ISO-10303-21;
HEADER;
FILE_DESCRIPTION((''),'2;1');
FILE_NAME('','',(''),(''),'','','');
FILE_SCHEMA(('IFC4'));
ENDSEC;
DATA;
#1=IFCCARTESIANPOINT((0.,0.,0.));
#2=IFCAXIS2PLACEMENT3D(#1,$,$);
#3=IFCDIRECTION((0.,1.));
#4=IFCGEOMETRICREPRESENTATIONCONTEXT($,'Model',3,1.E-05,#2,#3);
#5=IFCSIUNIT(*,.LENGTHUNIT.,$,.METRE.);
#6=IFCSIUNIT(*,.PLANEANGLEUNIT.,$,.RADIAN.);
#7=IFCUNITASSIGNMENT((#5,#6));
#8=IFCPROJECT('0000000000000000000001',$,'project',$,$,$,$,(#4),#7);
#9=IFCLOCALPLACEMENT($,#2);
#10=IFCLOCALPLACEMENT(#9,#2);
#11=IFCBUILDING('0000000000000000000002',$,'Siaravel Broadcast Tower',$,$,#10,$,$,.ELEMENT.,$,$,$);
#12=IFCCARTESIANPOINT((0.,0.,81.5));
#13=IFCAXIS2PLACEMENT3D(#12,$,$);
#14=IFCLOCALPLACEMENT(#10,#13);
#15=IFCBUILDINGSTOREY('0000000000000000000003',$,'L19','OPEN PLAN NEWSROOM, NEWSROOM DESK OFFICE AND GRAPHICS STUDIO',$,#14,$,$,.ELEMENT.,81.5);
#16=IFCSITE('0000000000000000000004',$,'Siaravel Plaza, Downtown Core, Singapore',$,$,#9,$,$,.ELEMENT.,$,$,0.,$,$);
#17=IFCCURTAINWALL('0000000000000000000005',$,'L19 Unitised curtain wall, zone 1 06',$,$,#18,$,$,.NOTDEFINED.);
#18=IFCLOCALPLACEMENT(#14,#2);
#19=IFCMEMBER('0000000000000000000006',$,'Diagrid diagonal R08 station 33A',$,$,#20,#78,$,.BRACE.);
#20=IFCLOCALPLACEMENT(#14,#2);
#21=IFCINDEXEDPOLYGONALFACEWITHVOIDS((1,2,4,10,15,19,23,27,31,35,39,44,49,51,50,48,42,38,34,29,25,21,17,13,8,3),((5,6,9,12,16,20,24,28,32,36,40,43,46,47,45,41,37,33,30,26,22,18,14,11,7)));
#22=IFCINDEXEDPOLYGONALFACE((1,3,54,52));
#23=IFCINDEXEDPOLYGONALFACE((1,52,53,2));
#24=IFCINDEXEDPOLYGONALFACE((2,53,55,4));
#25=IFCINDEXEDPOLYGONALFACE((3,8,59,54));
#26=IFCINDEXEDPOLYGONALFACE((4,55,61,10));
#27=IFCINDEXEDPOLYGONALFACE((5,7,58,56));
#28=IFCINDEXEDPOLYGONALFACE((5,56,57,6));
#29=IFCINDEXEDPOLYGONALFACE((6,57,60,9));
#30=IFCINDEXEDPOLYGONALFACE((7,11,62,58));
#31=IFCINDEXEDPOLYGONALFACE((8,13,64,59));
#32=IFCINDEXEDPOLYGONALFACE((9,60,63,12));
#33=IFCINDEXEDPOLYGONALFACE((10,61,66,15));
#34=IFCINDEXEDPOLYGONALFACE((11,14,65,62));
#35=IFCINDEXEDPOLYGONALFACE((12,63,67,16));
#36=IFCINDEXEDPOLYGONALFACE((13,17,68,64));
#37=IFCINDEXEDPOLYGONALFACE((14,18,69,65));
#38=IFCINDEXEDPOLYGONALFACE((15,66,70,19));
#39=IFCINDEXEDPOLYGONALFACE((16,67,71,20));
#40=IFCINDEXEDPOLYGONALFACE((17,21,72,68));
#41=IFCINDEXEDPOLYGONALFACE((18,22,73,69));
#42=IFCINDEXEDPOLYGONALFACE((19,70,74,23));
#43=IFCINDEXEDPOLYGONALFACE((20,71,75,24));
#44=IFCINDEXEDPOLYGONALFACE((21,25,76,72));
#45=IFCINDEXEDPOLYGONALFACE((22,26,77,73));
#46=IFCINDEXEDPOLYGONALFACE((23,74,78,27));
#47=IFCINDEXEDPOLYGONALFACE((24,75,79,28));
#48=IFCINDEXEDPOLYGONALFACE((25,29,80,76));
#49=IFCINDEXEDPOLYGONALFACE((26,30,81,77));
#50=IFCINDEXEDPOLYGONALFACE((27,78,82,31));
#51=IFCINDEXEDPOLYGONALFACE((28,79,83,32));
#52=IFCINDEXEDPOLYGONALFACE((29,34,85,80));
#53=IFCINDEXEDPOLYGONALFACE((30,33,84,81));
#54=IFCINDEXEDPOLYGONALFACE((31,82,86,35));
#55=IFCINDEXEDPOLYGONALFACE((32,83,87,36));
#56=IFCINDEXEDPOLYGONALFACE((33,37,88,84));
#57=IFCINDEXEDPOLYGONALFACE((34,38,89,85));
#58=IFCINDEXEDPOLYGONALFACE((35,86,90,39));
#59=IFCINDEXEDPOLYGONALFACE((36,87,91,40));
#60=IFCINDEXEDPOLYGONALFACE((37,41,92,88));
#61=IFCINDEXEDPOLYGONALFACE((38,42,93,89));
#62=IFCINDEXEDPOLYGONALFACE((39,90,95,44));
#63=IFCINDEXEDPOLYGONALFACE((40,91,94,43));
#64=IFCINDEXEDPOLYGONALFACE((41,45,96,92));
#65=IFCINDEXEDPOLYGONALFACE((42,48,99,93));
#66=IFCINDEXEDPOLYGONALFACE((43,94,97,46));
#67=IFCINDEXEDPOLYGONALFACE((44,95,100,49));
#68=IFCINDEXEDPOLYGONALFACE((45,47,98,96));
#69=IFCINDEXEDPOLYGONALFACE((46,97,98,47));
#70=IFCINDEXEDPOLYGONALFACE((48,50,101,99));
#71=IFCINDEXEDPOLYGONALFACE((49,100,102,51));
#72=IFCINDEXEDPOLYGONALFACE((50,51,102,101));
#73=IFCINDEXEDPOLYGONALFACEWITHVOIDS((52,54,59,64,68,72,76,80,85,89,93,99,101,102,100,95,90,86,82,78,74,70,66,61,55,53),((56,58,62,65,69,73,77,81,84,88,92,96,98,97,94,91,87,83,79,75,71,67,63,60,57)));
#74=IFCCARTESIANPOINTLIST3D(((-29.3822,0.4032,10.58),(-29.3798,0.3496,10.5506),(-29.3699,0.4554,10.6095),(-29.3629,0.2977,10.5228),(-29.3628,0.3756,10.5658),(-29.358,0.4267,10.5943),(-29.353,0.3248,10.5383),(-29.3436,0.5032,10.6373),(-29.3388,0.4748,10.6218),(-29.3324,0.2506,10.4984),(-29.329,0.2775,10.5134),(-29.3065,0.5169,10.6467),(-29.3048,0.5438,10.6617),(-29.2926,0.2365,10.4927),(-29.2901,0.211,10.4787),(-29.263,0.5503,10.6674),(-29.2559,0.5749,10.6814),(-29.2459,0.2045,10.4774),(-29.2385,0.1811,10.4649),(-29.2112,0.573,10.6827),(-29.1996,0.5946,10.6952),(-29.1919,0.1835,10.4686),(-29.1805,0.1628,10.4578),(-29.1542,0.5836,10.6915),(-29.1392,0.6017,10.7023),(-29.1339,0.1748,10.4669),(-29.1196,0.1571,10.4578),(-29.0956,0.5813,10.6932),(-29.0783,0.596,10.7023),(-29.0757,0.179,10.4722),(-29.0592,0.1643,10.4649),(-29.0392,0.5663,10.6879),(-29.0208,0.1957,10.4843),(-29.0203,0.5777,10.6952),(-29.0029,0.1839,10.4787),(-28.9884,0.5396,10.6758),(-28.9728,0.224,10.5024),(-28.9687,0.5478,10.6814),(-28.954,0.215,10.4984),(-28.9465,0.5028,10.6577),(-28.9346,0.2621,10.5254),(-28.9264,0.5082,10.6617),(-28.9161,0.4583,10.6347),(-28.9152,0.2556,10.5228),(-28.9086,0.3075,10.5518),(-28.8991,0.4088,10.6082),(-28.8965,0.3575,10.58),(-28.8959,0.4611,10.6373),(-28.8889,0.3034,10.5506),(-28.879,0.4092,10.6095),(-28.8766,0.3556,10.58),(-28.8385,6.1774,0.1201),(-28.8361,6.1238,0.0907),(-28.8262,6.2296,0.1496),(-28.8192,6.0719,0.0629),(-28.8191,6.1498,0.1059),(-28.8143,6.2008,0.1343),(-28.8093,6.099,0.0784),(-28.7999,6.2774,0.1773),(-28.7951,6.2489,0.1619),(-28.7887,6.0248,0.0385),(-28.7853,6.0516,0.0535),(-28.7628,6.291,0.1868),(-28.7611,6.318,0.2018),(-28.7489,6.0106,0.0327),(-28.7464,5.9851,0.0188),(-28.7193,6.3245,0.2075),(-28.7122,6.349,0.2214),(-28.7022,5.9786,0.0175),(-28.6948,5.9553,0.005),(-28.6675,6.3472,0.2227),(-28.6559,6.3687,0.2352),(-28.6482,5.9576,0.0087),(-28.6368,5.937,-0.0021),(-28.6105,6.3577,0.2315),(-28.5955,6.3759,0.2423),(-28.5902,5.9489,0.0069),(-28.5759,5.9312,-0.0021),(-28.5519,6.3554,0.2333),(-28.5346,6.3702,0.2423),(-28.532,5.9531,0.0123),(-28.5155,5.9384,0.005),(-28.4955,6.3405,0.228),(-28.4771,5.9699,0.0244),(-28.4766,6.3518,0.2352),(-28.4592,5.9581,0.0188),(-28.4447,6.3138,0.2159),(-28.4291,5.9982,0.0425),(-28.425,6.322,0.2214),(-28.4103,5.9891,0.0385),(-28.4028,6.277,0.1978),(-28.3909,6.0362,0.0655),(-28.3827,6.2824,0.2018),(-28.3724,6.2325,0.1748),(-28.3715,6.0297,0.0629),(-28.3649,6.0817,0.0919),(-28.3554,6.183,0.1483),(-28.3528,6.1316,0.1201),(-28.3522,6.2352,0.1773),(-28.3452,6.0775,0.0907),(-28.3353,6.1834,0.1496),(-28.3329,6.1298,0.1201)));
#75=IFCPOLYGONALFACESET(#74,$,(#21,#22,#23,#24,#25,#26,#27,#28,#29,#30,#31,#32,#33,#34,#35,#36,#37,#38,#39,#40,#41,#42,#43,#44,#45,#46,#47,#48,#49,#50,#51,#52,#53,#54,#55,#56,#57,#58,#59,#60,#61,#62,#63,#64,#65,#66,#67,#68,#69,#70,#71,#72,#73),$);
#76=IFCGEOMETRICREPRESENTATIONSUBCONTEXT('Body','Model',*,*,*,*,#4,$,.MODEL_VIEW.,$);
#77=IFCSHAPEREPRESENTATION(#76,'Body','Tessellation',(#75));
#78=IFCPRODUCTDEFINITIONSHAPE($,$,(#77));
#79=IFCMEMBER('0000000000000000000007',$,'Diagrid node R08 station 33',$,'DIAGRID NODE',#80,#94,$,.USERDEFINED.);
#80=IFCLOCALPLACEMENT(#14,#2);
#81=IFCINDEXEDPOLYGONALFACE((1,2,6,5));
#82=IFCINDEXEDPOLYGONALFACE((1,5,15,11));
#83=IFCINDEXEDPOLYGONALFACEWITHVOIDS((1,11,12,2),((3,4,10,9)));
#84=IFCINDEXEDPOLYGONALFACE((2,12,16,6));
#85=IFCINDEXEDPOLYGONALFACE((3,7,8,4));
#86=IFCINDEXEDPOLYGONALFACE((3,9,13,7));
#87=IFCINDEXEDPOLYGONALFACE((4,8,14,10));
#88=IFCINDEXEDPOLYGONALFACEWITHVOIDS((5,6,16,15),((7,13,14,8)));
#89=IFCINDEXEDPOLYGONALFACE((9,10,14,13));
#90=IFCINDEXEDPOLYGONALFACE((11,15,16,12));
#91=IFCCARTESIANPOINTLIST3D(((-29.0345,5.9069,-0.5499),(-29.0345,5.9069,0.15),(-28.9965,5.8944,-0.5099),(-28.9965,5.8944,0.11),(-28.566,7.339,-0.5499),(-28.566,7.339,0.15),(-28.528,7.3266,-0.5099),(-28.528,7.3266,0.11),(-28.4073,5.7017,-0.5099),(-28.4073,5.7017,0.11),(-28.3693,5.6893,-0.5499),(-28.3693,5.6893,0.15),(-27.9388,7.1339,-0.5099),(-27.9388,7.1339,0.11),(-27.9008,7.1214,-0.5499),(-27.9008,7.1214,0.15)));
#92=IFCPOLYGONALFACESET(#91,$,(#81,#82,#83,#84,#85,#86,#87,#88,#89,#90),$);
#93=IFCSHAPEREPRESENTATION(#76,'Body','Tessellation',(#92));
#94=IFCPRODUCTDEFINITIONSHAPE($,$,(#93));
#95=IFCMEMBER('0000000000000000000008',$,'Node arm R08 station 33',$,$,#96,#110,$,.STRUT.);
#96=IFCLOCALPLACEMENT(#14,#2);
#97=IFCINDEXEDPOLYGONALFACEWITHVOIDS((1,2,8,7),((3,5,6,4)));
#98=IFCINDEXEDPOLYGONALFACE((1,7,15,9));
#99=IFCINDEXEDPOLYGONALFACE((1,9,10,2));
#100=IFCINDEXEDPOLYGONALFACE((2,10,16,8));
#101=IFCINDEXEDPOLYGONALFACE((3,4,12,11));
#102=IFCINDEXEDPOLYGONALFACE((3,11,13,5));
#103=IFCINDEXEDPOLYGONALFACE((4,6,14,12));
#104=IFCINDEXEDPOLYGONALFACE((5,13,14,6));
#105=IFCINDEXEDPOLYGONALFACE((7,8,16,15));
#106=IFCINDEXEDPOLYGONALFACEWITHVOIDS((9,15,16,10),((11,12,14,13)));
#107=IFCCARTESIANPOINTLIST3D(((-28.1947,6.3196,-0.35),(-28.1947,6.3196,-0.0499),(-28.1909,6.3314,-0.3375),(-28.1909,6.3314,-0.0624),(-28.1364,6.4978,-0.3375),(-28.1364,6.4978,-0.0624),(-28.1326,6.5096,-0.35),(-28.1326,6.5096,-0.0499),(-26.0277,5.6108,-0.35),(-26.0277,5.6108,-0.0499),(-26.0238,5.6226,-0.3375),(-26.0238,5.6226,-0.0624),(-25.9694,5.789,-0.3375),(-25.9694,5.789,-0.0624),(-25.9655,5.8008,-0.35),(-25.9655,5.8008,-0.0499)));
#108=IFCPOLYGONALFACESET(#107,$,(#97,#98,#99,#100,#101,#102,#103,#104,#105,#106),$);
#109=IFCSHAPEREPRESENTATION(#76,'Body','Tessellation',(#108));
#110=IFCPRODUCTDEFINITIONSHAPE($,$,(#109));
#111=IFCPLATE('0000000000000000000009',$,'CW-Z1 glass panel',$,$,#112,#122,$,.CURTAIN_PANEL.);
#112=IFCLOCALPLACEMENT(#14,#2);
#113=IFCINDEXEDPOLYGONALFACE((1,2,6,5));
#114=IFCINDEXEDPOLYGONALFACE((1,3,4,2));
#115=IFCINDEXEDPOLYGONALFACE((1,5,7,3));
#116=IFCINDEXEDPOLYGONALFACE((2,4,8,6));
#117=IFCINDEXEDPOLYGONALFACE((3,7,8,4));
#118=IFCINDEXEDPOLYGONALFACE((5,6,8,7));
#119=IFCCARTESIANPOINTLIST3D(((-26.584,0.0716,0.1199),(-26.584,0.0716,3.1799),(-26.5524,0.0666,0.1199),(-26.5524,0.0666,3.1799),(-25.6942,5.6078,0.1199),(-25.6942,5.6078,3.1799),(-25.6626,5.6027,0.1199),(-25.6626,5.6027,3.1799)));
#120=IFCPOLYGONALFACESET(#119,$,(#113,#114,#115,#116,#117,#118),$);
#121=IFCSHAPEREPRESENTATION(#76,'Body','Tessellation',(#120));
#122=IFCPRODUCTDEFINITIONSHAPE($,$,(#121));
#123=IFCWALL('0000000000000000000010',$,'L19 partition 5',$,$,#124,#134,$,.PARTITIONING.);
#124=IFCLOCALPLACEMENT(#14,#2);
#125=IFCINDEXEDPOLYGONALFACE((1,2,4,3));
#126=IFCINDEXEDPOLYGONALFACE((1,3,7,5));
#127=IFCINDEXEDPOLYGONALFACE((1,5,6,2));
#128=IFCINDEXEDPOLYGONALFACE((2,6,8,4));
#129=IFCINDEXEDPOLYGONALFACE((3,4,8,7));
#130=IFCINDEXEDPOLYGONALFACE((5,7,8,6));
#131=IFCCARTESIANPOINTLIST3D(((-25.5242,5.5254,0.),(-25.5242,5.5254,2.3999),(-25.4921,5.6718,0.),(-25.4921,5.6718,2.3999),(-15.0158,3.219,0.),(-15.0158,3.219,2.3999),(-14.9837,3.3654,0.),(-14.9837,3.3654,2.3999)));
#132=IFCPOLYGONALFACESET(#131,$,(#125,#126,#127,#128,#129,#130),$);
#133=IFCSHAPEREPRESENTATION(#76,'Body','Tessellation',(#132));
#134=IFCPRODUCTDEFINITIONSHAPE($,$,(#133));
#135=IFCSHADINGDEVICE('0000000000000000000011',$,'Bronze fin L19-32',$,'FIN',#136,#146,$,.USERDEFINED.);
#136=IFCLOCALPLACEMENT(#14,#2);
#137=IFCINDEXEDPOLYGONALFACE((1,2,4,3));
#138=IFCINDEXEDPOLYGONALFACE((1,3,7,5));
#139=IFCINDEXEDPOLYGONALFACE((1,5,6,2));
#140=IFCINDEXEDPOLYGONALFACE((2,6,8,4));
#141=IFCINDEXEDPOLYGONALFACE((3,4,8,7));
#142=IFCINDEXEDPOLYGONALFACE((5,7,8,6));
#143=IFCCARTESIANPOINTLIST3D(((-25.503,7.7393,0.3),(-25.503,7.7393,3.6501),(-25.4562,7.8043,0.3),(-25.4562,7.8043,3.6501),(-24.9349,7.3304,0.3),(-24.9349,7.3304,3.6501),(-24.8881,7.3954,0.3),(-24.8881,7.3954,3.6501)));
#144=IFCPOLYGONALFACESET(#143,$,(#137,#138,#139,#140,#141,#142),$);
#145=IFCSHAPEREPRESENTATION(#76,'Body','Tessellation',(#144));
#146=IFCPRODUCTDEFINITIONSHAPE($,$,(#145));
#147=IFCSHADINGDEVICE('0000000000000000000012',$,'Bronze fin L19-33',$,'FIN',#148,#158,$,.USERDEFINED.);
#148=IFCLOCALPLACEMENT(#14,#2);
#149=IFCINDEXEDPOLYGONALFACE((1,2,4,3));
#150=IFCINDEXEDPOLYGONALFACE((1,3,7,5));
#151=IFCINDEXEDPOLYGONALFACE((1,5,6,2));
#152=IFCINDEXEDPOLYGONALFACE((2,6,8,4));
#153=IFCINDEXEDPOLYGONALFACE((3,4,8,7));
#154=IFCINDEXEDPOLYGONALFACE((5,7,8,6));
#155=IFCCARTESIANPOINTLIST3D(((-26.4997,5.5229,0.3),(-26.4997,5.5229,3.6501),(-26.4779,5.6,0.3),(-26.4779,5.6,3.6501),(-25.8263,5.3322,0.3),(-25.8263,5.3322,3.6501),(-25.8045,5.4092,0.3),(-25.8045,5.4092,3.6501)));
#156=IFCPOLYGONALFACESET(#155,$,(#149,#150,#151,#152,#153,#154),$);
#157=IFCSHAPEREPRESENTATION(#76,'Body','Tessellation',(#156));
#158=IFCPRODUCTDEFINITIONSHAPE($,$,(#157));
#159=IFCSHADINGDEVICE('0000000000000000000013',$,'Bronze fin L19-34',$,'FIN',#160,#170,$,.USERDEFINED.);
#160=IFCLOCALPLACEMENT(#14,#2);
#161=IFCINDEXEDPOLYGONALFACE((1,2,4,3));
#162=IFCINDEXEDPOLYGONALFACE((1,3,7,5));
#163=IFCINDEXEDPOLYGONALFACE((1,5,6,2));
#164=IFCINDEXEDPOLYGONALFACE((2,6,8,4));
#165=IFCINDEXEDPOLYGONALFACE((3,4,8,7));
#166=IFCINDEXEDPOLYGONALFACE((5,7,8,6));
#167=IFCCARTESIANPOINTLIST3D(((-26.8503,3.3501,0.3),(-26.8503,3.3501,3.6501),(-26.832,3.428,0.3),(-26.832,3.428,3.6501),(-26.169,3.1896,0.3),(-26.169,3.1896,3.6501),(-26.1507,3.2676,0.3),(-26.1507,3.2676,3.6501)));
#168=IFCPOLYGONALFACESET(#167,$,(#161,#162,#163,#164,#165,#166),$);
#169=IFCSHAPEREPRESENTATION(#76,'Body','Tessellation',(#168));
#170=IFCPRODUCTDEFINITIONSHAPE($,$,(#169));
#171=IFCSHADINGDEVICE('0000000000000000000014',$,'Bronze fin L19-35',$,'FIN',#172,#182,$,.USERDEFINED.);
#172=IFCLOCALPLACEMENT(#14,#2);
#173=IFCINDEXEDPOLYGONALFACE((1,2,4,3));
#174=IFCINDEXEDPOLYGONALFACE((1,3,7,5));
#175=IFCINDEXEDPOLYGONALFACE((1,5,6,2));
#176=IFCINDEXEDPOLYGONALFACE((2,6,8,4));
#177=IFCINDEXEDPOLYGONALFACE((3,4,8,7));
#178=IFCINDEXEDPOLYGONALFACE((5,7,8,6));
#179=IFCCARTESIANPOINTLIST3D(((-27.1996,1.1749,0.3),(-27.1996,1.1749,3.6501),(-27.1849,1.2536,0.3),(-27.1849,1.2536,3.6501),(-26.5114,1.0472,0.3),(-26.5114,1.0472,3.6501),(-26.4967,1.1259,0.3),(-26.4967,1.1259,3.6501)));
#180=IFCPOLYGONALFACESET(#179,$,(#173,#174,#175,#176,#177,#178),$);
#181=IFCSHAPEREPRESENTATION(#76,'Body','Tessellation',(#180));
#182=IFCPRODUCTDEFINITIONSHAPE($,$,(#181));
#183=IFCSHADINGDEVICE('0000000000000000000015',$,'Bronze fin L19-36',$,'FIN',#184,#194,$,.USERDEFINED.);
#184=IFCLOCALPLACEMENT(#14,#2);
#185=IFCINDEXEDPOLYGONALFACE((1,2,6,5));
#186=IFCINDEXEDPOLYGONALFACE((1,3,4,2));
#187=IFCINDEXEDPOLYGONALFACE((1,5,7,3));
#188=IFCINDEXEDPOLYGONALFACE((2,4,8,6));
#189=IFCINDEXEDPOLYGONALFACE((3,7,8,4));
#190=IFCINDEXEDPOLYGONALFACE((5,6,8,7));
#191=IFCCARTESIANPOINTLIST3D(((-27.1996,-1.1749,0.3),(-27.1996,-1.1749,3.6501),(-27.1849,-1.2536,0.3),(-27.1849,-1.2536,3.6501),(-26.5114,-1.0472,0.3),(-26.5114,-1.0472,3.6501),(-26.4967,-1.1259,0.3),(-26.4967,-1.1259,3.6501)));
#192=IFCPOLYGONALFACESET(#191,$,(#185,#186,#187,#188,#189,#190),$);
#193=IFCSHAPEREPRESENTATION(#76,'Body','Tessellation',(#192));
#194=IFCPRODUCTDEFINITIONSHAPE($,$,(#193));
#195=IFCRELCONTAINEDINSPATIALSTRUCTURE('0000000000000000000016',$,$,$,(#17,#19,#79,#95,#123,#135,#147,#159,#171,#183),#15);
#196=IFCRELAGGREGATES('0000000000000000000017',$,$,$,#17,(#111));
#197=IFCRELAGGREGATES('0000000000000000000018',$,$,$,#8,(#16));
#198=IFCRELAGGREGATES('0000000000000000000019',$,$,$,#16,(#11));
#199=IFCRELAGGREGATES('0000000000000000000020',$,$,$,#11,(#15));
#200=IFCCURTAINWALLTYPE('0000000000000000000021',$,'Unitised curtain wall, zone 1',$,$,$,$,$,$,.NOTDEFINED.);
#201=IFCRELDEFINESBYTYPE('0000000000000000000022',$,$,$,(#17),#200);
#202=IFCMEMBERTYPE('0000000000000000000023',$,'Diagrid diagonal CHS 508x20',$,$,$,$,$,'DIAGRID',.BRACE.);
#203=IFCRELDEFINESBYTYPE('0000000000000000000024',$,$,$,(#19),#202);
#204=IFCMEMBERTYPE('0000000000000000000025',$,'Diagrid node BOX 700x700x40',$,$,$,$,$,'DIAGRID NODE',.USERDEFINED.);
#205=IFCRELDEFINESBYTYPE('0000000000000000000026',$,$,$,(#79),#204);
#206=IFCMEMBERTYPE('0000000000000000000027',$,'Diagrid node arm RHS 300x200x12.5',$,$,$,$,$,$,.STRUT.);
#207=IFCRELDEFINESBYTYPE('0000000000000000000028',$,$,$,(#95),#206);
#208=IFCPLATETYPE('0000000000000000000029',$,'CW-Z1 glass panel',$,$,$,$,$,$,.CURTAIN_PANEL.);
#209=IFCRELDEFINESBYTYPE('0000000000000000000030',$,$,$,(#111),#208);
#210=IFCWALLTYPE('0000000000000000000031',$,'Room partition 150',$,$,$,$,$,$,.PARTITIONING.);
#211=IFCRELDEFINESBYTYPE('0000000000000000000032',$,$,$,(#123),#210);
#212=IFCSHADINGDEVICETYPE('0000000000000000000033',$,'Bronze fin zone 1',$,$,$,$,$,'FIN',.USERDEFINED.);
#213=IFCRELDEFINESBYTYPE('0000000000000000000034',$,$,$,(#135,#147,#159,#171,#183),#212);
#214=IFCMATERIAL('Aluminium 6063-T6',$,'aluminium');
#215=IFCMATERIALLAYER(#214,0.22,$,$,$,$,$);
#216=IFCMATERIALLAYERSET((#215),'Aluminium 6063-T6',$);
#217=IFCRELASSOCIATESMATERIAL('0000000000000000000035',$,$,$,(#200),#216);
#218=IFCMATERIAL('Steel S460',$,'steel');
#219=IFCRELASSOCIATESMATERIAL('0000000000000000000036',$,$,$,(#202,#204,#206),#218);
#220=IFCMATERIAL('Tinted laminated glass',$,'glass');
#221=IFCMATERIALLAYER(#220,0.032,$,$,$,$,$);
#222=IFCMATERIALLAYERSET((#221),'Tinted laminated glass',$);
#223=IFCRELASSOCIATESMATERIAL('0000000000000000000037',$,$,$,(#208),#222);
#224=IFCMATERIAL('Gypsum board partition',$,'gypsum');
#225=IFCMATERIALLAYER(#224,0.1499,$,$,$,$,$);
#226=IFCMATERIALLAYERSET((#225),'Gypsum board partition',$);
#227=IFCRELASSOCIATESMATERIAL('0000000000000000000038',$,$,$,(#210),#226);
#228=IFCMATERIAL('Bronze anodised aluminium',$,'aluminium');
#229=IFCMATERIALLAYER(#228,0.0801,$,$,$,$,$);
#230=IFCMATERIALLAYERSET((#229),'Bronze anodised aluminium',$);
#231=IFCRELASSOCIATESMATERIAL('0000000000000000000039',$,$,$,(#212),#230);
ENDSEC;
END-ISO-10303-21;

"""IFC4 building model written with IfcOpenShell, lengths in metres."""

from ifc_helpers import new_model, si_unit, direction, frame, frame_2d, origin, origin_2d, place, context, subcontext, project, spatial, rectangle, hollow_rectangle, hollow_circle, extrude, material, layer, layer_set, material_profile, profile_set, type_object, element, aggregate, save


model = new_model("IFC4")

# Units and contexts
model_context = context("Model", 3, precision=1e-05, world=origin(), true_north=direction((0.0, 1.0)))
body_context = subcontext(model_context, "Body", "Model", "MODEL_VIEW")
ifc_project = project(units=[si_unit("LENGTHUNIT", "METRE"), si_unit("PLANEANGLEUNIT", "RADIAN")], contexts=[model_context])

# Site, building, storey
site_placement = place(None, origin())
site = spatial("IfcSite", under=ifc_project, at=site_placement, Name="Siaravel Plaza, Downtown Core, Singapore", CompositionType="ELEMENT", RefElevation=0.0)
building_placement = place(site_placement, origin())
building = spatial("IfcBuilding", under=site, at=building_placement, Name="Siaravel Broadcast Tower", CompositionType="ELEMENT")
storey_placement = place(building_placement, frame((0.0, 0.0, 81.5)))
storey = spatial("IfcBuildingStorey", under=building, at=storey_placement, Name="L19", Description="OPEN PLAN NEWSROOM, NEWSROOM DESK OFFICE AND GRAPHICS STUDIO", CompositionType="ELEMENT", Elevation=81.5)

# Curtain wall
ifc_material_1 = material(Name="Aluminium 6063-T6", Category="aluminium")
ifc_layer_1 = layer(ifc_material_1, 0.22)
ifc_layer_set_1 = layer_set([ifc_layer_1], Name="Aluminium 6063-T6")
curtain_wall_type = type_object("IfcCurtainWallType", Name="Unitised curtain wall, zone 1", PredefinedType="NOTDEFINED", material=ifc_layer_set_1)
curtain_wall_1_placement = place(storey_placement, origin())
curtain_wall_1 = element("IfcCurtainWall", 1, at=curtain_wall_1_placement, inside=storey, type_object=curtain_wall_type, Name="L19 Unitised curtain wall, zone 1 06", PredefinedType="NOTDEFINED")

# Members
ifc_material_2 = material(Name="Steel S460", Category="steel")
ifc_material_profile_1 = material_profile(ifc_material_2, hollow_circle(Radius=0.2539, WallThickness=0.02, at=origin_2d()))
ifc_profile_set_1 = profile_set([ifc_material_profile_1], Name="Steel S460")
member_type_1 = type_object("IfcMemberType", Name="Diagrid diagonal CHS 508x20", ElementType="DIAGRID", PredefinedType="BRACE", material=ifc_profile_set_1)
member_1_placement = place(storey_placement, frame((-28.5857, 6.1536, 0.1201), z_axis=(-0.045459, -0.48278, 0.874561), x_axis=(0.995596, -0.093746, 0.0)))
element("IfcMember", 2, at=member_1_placement, inside=storey, type_object=member_type_1, Name="Diagrid diagonal R08 station 33A", PredefinedType="BRACE", context=body_context, shape_type="SweptSolid", body=[
    extrude(hollow_circle(Radius=0.2539, WallThickness=0.02, at=origin_2d()), origin(), (0.0, 0.0, 1.0), 11.9602),
])
ifc_material_profile_2 = material_profile(ifc_material_2, hollow_rectangle(XDim=0.7, YDim=0.7, WallThickness=0.04, at=origin_2d()))
ifc_profile_set_2 = profile_set([ifc_material_profile_2], Name="Steel S460")
member_type_2 = type_object("IfcMemberType", Name="Diagrid node BOX 700x700x40", ElementType="DIAGRID NODE", PredefinedType="USERDEFINED", material=ifc_profile_set_2)
member_2_placement = place(storey_placement, frame((-28.2334, 7.2302, -0.2), z_axis=(-0.310925, -0.950435, 0.0), x_axis=(0.950435, -0.310925, 0.0)))
element("IfcMember", 3, at=member_2_placement, inside=storey, type_object=member_type_2, Name="Diagrid node R08 station 33", ObjectType="DIAGRID NODE", PredefinedType="USERDEFINED", context=body_context, shape_type="SweptSolid", body=[
    extrude(hollow_rectangle(XDim=0.7, YDim=0.7, WallThickness=0.04, at=origin_2d()), origin(), (0.0, 0.0, 1.0), 1.5068),
])
ifc_material_profile_3 = material_profile(ifc_material_2, hollow_rectangle(XDim=0.2, YDim=0.3, WallThickness=0.0125, at=origin_2d()))
ifc_profile_set_3 = profile_set([ifc_material_profile_3], Name="Steel S460")
member_type_3 = type_object("IfcMemberType", Name="Diagrid node arm RHS 300x200x12.5", PredefinedType="STRUT", material=ifc_profile_set_3)
member_3_placement = place(storey_placement, frame((-25.9966, 5.7058, -0.2), z_axis=(-0.950456, 0.310858, 0.0), x_axis=(-0.310858, -0.950456, 0.0)))
element("IfcMember", 4, at=member_3_placement, inside=storey, type_object=member_type_3, Name="Node arm R08 station 33", PredefinedType="STRUT", context=body_context, shape_type="SweptSolid", body=[
    extrude(hollow_rectangle(XDim=0.2, YDim=0.3, WallThickness=0.0125, at=origin_2d()), origin(), (0.0, 0.0, 1.0), 2.28),
])

# Plate
ifc_material_3 = material(Name="Tinted laminated glass", Category="glass")
ifc_layer_2 = layer(ifc_material_3, 0.032)
ifc_layer_set_2 = layer_set([ifc_layer_2], Name="Tinted laminated glass")
plate_type = type_object("IfcPlateType", Name="CW-Z1 glass panel", PredefinedType="CURTAIN_PANEL", material=ifc_layer_set_2)
plate_placement = place(storey_placement, frame((-26.1233, 2.8372, 0.1199), z_axis=(0.0, 0.0, 1.0), x_axis=(-0.158685, -0.987329, 0.0)))
plate = element("IfcPlate", 5, at=plate_placement, type_object=plate_type, Name="CW-Z1 glass panel", PredefinedType="CURTAIN_PANEL", context=body_context, shape_type="SweptSolid", body=[
    extrude(rectangle(XDim=5.6072, YDim=0.032, at=origin_2d()), origin(), (0.0, 0.0, 1.0), 3.0601),
])
aggregate(curtain_wall_1, [plate])

# Wall
ifc_material_4 = material(Name="Gypsum board partition", Category="gypsum")
ifc_layer_3 = layer(ifc_material_4, 0.1499)
ifc_layer_set_3 = layer_set([ifc_layer_3], Name="Gypsum board partition")
wall_type = type_object("IfcWallType", Name="Room partition 150", PredefinedType="PARTITIONING", material=ifc_layer_set_3)
wall_placement = place(storey_placement, frame((-25.5083, 5.5986, 0.0), z_axis=(0.0, 0.0, 1.0), x_axis=(0.97675, -0.21438, 0.0)))
element("IfcWall", 6, at=wall_placement, inside=storey, type_object=wall_type, Name="L19 partition 5", PredefinedType="PARTITIONING", context=body_context, shape_type="SweptSolid", body=[
    extrude(rectangle(XDim=10.7585, YDim=0.1499, at=frame_2d((5.3794, 0.0))), origin(), (0.0, 0.0, 1.0), 2.3999),
])

# Shading devices
ifc_material_5 = material(Name="Bronze anodised aluminium", Category="aluminium")
ifc_layer_4 = layer(ifc_material_5, 0.0801)
ifc_layer_set_4 = layer_set([ifc_layer_4], Name="Bronze anodised aluminium")
shading_device_type = type_object("IfcShadingDeviceType", Name="Bronze fin zone 1", ElementType="FIN", PredefinedType="USERDEFINED", material=ifc_layer_set_4)
for number, where, z_axis, x_axis, name in (
    (7, (-25.1956, 7.5674, 0.3), (0.0, 0.0, 1.0), (-0.811609, 0.584202, 0.0), "Bronze fin L19-32"),
    (8, (-26.1521, 5.4661, 0.3), (0.0, 0.0, 1.0), (-0.962141, 0.272552, 0.0), "Bronze fin L19-33"),
    (9, (-26.5005, 3.3088, 0.3), (0.0, 0.0, 1.0), (-0.973374, 0.229224, 0.0), "Bronze fin L19-34"),
    (10, (-26.8481, 1.1504, 0.3), (0.0, 0.0, 1.0), (-0.983212, 0.182469, 0.0), "Bronze fin L19-35"),
    (11, (-26.8481, -1.1504, 0.3), (0.0, 0.0, 1.0), (-0.983212, -0.182469, 0.0), "Bronze fin L19-36"),
):
    element("IfcShadingDevice", number, at=place(storey_placement, frame(where, z_axis=z_axis, x_axis=x_axis)), inside=storey, type_object=shading_device_type, Name=name, ObjectType="FIN", PredefinedType="USERDEFINED", context=body_context, shape_type="SweptSolid", body=[
        extrude(rectangle(XDim=0.7, YDim=0.0801, at=origin_2d()), origin(), (0.0, 0.0, 1.0), 3.3501),
    ])

save(model, "model.ifc")
